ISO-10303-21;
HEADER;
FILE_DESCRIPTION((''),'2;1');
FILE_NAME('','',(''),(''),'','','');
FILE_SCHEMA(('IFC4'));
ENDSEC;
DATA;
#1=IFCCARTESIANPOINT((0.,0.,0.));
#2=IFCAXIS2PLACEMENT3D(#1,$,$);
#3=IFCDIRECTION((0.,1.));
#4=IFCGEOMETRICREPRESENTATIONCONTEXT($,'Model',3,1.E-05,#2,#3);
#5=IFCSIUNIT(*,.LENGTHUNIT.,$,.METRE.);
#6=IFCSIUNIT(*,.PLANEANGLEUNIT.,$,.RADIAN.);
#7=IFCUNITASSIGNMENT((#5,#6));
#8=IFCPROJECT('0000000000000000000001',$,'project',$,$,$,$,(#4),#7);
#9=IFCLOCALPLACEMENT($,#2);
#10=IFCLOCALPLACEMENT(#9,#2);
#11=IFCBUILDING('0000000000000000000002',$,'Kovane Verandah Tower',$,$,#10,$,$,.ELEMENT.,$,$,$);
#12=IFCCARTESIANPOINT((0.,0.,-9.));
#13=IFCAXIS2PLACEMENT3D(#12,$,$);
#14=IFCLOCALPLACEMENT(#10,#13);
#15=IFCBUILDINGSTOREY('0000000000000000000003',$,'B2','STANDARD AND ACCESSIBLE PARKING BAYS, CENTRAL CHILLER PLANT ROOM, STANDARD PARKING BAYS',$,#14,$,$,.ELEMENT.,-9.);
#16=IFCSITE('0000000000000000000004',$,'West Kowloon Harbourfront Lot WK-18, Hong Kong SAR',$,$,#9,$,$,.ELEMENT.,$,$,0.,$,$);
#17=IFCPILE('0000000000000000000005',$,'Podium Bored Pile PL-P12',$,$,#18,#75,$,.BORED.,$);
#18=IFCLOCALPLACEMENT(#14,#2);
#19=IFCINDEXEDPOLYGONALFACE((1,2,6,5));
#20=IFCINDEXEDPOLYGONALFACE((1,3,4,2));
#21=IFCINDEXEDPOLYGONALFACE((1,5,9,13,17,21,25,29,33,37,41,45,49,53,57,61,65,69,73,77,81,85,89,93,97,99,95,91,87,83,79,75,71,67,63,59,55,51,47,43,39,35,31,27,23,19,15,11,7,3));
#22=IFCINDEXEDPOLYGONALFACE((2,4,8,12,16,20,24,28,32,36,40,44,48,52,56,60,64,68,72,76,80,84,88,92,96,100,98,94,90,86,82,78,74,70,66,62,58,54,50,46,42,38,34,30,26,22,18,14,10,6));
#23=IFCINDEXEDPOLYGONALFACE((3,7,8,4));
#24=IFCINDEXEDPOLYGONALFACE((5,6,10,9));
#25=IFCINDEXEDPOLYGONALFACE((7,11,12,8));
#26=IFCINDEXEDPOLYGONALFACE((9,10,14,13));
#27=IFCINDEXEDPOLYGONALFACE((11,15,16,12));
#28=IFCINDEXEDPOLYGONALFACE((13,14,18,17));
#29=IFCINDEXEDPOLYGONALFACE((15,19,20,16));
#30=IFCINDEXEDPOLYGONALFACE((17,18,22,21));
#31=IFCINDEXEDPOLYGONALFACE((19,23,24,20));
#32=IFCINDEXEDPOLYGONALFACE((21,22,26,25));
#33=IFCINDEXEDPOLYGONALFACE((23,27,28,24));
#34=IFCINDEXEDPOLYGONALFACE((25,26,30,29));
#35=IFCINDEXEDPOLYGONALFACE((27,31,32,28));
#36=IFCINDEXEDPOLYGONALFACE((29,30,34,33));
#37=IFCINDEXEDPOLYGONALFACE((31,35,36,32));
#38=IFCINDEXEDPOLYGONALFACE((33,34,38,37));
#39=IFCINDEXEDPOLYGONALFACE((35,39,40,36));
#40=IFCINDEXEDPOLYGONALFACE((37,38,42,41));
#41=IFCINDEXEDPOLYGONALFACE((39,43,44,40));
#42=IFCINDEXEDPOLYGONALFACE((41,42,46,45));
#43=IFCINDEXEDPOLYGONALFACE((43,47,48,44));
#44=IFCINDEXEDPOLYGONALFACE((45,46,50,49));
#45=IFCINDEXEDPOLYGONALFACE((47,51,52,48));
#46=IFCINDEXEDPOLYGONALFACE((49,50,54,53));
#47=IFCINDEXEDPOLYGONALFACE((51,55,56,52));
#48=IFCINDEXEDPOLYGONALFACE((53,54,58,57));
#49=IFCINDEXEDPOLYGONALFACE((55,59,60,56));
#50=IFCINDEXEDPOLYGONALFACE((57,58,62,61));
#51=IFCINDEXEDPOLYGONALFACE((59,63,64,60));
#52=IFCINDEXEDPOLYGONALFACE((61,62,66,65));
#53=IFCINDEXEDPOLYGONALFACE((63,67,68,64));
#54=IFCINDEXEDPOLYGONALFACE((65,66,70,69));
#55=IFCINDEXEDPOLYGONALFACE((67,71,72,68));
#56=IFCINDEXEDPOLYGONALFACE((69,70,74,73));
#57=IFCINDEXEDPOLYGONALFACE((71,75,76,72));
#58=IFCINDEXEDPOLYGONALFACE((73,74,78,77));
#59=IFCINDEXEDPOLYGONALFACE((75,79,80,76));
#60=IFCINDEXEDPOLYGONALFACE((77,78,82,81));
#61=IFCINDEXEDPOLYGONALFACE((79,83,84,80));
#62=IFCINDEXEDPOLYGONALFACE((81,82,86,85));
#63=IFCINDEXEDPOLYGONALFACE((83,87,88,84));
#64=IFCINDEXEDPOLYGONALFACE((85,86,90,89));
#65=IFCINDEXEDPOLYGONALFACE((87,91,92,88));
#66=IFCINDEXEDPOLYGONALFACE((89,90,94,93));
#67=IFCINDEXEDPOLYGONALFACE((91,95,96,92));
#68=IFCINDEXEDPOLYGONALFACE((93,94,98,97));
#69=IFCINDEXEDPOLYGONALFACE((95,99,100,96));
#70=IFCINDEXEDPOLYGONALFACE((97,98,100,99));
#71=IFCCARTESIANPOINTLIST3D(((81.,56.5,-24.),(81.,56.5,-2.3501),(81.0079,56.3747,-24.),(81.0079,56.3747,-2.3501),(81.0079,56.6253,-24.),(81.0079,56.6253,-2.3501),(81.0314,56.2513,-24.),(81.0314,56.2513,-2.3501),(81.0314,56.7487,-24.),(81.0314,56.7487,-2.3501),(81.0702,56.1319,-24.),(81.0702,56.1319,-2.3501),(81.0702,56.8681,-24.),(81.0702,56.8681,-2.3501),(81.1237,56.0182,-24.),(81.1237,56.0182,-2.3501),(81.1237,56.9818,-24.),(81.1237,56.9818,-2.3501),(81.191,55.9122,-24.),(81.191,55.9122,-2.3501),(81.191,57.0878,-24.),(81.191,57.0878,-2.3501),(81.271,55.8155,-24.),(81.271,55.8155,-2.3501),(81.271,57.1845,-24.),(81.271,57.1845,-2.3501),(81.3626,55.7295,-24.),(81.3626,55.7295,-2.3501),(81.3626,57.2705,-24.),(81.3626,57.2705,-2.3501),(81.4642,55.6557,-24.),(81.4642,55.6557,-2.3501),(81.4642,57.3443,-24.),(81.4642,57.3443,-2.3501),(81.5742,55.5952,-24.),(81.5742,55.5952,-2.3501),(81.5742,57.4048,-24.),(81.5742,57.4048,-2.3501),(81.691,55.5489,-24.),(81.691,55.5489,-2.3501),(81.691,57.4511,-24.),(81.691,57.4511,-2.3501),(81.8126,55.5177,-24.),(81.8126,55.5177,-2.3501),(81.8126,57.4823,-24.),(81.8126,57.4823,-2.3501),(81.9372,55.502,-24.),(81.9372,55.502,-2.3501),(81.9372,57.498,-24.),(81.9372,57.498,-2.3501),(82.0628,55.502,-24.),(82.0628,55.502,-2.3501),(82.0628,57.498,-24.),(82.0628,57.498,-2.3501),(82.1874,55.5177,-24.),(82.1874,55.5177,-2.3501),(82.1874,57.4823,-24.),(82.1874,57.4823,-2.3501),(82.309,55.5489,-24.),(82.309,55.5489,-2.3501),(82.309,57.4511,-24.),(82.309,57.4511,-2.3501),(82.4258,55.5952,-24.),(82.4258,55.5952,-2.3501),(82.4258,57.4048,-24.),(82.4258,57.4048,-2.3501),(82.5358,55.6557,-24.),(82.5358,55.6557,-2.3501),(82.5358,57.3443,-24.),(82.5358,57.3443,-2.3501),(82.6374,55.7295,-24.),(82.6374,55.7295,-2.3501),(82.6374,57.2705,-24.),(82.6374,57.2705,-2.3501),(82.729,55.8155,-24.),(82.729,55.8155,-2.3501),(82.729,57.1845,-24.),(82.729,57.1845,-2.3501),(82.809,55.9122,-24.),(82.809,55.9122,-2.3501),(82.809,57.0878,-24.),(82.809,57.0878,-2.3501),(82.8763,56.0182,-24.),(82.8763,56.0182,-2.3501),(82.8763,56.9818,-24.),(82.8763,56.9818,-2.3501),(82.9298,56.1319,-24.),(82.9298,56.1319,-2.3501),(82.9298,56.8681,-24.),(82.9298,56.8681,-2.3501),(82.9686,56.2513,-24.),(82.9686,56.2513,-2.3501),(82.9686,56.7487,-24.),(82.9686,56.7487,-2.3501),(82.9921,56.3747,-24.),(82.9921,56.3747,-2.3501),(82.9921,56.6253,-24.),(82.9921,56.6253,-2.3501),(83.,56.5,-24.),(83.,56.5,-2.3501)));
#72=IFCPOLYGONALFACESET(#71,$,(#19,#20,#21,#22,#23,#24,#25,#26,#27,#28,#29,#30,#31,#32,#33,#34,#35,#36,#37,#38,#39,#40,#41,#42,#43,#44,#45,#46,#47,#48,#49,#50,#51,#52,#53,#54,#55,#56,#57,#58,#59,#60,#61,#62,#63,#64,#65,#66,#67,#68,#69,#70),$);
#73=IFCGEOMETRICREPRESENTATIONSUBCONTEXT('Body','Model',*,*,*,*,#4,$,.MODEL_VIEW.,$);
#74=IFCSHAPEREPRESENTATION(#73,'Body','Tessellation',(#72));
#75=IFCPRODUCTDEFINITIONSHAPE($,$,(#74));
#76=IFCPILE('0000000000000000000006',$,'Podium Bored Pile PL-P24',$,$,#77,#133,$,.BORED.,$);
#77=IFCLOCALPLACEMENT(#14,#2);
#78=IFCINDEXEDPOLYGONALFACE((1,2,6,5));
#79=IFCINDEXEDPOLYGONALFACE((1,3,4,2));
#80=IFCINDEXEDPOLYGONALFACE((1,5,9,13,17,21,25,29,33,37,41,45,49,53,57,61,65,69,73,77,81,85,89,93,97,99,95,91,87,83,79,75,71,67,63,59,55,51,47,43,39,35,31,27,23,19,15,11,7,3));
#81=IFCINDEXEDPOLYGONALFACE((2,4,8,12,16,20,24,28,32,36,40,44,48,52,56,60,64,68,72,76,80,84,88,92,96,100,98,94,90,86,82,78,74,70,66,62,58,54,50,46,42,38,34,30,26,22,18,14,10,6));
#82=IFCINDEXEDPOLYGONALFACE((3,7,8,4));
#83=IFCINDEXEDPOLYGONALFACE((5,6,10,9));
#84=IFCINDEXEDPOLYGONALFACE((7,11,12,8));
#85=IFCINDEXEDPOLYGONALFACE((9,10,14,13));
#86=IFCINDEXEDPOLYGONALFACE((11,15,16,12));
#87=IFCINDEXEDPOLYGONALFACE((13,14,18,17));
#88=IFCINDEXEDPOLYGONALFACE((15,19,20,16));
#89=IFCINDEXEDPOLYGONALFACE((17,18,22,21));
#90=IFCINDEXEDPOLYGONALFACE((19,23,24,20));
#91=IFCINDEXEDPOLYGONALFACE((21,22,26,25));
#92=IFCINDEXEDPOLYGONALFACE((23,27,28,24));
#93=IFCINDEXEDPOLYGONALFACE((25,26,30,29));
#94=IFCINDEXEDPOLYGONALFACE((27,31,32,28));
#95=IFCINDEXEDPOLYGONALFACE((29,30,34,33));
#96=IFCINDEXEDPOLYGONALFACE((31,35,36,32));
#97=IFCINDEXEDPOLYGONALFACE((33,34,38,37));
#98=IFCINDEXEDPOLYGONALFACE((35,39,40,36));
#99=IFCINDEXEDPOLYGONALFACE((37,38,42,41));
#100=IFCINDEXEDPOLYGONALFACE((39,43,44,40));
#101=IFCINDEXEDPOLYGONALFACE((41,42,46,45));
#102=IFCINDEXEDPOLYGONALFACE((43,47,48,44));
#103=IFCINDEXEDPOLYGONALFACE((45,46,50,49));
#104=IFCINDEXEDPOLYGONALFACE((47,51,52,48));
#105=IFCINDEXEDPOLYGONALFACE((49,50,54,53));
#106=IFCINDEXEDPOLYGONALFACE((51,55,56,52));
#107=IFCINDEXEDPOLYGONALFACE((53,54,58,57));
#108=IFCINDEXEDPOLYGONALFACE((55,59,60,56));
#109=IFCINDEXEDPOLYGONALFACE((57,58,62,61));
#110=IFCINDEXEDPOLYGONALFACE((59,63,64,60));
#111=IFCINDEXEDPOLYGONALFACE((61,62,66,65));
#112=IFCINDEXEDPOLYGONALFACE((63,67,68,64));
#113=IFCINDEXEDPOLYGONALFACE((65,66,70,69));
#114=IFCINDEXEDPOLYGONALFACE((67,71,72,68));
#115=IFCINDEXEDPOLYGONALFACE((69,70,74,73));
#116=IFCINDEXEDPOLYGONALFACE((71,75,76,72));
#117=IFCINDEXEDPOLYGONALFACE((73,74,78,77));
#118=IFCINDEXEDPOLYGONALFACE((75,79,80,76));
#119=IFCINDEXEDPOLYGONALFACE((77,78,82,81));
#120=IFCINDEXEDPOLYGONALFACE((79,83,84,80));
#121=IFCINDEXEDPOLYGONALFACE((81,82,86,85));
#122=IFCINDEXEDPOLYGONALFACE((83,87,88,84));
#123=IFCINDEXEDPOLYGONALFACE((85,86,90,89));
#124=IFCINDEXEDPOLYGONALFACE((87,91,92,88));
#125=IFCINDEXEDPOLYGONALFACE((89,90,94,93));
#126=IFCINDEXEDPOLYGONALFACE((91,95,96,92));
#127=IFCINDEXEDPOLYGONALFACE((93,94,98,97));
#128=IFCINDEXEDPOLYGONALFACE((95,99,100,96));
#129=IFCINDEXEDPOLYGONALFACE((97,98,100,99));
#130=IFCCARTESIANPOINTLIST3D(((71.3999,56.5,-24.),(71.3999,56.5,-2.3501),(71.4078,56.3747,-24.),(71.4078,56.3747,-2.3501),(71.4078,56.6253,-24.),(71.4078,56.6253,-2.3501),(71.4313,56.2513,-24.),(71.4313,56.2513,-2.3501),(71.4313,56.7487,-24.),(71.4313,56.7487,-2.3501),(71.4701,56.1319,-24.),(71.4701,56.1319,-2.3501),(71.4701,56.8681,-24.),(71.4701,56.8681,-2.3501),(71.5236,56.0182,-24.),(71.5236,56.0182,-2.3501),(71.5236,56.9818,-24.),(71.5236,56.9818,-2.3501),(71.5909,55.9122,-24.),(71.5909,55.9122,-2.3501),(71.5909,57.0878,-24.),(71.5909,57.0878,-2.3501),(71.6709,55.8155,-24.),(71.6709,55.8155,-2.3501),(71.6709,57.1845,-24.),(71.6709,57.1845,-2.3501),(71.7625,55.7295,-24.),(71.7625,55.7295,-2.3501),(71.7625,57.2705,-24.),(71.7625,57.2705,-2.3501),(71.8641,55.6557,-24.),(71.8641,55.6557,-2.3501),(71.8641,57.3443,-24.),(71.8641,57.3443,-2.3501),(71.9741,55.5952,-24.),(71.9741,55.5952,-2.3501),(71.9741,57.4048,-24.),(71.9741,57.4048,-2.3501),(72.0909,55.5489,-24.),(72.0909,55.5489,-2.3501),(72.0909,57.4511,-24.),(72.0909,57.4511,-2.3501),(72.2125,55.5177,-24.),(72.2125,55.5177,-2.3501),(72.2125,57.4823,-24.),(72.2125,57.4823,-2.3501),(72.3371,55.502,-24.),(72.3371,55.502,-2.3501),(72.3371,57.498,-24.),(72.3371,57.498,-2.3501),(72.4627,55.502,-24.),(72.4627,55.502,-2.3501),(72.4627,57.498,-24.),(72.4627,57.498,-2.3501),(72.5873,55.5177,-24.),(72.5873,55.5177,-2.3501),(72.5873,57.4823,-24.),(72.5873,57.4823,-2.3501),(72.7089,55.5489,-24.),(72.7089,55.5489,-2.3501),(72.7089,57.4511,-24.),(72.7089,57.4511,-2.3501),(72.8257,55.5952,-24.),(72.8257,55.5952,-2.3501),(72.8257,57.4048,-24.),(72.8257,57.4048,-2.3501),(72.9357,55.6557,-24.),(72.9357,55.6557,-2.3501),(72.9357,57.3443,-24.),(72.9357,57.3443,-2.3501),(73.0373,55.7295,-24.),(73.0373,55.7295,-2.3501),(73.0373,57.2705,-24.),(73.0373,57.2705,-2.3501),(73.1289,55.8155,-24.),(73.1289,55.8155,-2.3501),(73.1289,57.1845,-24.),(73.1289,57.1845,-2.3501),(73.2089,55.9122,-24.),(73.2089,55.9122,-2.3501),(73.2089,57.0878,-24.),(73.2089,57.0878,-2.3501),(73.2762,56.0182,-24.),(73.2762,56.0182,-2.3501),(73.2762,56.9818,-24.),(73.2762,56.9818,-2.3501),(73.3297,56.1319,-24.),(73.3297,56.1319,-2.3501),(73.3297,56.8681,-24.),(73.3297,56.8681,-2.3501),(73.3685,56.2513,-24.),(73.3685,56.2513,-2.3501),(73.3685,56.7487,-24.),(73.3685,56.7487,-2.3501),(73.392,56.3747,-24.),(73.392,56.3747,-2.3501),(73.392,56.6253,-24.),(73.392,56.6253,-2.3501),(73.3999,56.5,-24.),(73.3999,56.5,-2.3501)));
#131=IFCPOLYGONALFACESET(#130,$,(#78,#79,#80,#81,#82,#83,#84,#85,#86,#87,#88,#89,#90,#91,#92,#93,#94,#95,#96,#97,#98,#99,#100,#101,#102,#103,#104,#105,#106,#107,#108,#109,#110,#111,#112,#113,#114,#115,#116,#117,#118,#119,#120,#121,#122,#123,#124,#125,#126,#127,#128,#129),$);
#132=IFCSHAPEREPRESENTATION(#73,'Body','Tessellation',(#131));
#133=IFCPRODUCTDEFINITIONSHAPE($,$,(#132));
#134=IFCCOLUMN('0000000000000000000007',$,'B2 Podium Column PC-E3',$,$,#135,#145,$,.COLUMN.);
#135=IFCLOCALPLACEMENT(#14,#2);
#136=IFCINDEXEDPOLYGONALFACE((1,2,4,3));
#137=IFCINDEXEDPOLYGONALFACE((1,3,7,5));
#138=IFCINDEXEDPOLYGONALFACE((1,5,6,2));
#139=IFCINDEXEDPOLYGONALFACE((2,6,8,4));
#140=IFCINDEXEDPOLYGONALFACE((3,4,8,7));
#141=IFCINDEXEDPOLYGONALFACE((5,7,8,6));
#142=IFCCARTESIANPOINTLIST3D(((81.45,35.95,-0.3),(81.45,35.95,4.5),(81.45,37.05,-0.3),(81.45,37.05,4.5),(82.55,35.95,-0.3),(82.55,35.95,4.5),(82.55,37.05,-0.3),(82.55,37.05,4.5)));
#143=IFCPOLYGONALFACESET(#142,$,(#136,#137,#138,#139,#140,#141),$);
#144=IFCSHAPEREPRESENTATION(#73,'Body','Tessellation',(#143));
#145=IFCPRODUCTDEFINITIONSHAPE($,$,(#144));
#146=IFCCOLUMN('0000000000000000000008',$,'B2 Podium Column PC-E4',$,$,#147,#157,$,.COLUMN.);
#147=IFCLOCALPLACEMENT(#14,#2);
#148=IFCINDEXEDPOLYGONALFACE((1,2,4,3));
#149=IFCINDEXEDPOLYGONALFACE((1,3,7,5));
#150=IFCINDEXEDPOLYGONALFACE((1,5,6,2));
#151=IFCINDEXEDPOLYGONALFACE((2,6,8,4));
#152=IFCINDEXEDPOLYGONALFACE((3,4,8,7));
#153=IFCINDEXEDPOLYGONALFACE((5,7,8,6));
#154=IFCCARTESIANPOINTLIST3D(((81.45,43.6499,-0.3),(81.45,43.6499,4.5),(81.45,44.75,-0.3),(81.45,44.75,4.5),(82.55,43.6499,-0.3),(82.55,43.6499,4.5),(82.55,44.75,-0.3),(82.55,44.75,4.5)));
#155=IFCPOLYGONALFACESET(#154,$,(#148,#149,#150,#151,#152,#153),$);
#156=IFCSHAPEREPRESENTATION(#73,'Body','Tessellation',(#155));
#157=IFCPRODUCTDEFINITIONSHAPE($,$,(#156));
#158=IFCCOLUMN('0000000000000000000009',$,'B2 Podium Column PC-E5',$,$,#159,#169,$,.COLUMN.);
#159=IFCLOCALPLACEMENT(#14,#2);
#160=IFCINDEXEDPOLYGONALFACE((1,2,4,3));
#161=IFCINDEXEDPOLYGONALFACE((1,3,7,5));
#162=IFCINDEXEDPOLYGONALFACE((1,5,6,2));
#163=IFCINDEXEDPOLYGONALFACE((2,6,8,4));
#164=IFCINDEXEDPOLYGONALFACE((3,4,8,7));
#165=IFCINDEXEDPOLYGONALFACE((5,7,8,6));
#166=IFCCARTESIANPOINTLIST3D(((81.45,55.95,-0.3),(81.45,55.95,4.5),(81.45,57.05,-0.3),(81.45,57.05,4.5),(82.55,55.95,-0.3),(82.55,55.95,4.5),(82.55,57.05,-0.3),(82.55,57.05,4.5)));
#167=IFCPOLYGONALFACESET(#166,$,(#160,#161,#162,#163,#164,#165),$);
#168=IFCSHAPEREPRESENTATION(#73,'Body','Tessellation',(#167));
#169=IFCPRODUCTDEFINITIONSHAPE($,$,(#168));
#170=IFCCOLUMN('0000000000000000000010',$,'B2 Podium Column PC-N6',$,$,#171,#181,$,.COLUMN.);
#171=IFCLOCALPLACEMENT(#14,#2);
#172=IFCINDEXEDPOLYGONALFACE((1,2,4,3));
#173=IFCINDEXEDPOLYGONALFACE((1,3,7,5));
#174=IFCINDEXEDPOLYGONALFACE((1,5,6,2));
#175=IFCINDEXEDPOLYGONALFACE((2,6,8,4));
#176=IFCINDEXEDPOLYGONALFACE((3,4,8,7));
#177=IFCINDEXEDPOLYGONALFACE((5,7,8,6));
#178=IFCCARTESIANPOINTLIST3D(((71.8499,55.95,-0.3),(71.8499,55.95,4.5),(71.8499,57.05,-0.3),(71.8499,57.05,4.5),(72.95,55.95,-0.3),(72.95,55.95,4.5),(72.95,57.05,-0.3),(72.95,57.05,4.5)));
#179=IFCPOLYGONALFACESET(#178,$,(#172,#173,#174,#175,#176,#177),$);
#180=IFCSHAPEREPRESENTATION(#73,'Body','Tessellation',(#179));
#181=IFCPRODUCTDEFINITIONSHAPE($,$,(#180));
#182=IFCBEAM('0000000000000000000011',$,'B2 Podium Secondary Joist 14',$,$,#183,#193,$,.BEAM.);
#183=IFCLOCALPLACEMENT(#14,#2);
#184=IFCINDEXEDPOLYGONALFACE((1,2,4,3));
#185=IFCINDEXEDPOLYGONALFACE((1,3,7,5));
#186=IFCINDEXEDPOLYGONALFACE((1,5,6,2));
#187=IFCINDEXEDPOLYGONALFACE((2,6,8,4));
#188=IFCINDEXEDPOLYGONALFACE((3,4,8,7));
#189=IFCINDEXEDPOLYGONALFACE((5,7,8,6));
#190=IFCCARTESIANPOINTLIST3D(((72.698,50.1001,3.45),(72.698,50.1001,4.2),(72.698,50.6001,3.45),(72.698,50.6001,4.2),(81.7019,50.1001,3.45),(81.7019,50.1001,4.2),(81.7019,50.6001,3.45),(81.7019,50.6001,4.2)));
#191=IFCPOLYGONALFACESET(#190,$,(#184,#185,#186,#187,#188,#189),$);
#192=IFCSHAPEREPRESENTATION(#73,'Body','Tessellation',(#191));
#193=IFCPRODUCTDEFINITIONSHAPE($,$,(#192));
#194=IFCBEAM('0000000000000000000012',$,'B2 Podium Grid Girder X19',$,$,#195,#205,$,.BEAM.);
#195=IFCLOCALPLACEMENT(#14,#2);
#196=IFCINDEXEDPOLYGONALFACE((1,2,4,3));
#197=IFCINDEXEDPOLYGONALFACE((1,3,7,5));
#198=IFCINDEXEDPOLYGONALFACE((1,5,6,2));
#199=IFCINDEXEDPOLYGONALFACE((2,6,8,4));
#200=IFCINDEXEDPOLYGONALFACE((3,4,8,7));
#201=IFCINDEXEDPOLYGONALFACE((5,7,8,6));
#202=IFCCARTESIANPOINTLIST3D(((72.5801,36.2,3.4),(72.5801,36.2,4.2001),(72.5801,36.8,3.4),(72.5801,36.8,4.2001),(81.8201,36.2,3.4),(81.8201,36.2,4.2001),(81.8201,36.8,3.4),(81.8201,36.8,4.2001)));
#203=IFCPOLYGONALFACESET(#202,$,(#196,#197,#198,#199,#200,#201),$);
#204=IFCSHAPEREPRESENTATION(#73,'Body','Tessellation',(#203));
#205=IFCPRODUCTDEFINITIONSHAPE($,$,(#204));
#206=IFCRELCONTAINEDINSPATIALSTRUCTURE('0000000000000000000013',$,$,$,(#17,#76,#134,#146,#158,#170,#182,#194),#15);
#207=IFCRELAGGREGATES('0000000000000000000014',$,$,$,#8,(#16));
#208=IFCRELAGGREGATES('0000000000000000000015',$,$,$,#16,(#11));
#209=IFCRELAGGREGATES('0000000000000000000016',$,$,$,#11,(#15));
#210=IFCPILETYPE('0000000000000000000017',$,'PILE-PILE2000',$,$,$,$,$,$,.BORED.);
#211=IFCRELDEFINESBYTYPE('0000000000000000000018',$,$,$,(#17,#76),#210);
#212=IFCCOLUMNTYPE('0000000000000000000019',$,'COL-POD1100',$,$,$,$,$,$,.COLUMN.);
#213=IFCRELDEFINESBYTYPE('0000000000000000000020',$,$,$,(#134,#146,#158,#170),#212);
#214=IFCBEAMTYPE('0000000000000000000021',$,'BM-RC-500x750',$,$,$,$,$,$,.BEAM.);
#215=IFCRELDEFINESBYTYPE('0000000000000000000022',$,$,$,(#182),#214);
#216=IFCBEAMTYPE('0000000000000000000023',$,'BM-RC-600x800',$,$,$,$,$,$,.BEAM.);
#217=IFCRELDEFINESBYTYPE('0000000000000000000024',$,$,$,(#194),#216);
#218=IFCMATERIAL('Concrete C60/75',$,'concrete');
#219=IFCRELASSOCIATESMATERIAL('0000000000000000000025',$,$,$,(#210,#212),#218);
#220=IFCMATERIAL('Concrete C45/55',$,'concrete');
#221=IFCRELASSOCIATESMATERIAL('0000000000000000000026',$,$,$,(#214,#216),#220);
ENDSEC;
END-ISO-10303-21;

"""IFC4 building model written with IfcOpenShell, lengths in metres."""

from ifc_helpers import new_model, si_unit, direction, frame, origin, origin_2d, place, context, subcontext, project, spatial, rectangle, circle, extrude, material, material_profile, profile_set, type_object, element, save


model = new_model("IFC4")

# Units and contexts
model_context = context("Model", 3, precision=1e-05, world=origin(), true_north=direction((0.0, 1.0)))
body_context = subcontext(model_context, "Body", "Model", "MODEL_VIEW")
ifc_project = project(units=[si_unit("LENGTHUNIT", "METRE"), si_unit("PLANEANGLEUNIT", "RADIAN")], contexts=[model_context])

# Site, building, storey
site_placement = place(None, origin())
site = spatial("IfcSite", under=ifc_project, at=site_placement, Name="West Kowloon Harbourfront Lot WK-18, Hong Kong SAR", CompositionType="ELEMENT", RefElevation=0.0)
building_placement = place(site_placement, origin())
building = spatial("IfcBuilding", under=site, at=building_placement, Name="Kovane Verandah Tower", CompositionType="ELEMENT")
storey_placement = place(building_placement, frame((0.0, 0.0, -9.0)))
storey = spatial("IfcBuildingStorey", under=building, at=storey_placement, Name="B2", Description="STANDARD AND ACCESSIBLE PARKING BAYS, CENTRAL CHILLER PLANT ROOM, STANDARD PARKING BAYS", CompositionType="ELEMENT", Elevation=-9.0)

# Shared definitions
ifc_material_1 = material(Name="Concrete C60/75", Category="concrete")

# Piles
ifc_material_profile_1 = material_profile(ifc_material_1, circle(Radius=1.0, at=origin_2d()), Name="PILE2000")
ifc_profile_set_1 = profile_set([ifc_material_profile_1], Name="Concrete C60/75")
pile_type = type_object("IfcPileType", Name="PILE-PILE2000", PredefinedType="BORED", material=ifc_profile_set_1)
for number, where, z_axis, x_axis, name in (
    (1, (82.0, 56.5, -2.3501), (0.0, 0.0, -1.0), (1.0, 0.0, 0.0), "Podium Bored Pile PL-P12"),
    (2, (72.3999, 56.5, -2.3501), (0.0, 0.0, -1.0), (1.0, 0.0, 0.0), "Podium Bored Pile PL-P24"),
):
    element("IfcPile", number, at=place(storey_placement, frame(where, z_axis=z_axis, x_axis=x_axis)), inside=storey, type_object=pile_type, Name=name, PredefinedType="BORED", context=body_context, shape_type="SweptSolid", body=[
        extrude(circle(Radius=1.0, at=origin_2d()), origin(), (0.0, 0.0, 1.0), 21.6499),
    ])

# Columns
ifc_material_profile_2 = material_profile(ifc_material_1, rectangle(XDim=1.1001, YDim=1.1001, at=origin_2d()), Name="RC1100x1100")
ifc_profile_set_2 = profile_set([ifc_material_profile_2], Name="Concrete C60/75")
column_type = type_object("IfcColumnType", Name="COL-POD1100", PredefinedType="COLUMN", material=ifc_profile_set_2)
for number, where, z_axis, x_axis, name in (
    (3, (82.0, 36.5, -0.3), (0.0, 0.0, 1.0), (1.0, 0.0, 0.0), "B2 Podium Column PC-E3"),
    (4, (82.0, 44.2, -0.3), (0.0, 0.0, 1.0), (1.0, 0.0, 0.0), "B2 Podium Column PC-E4"),
    (5, (82.0, 56.5, -0.3), (0.0, 0.0, 1.0), (1.0, 0.0, 0.0), "B2 Podium Column PC-E5"),
    (6, (72.3999, 56.5, -0.3), (0.0, 0.0, 1.0), (1.0, 0.0, 0.0), "B2 Podium Column PC-N6"),
):
    element("IfcColumn", number, at=place(storey_placement, frame(where, z_axis=z_axis, x_axis=x_axis)), inside=storey, type_object=column_type, Name=name, PredefinedType="COLUMN", context=body_context, shape_type="SweptSolid", body=[
        extrude(rectangle(XDim=1.1001, YDim=1.1001, at=origin_2d()), origin(), (0.0, 0.0, 1.0), 4.8),
    ])

# Beams
ifc_material_2 = material(Name="Concrete C45/55", Category="concrete")
ifc_material_profile_3 = material_profile(ifc_material_2, rectangle(XDim=0.5, YDim=0.75, at=origin_2d()), Name="RCB500x750")
ifc_profile_set_3 = profile_set([ifc_material_profile_3], Name="Concrete C45/55")
beam_type_1 = type_object("IfcBeamType", Name="BM-RC-500x750", PredefinedType="BEAM", material=ifc_profile_set_3)
beam_1_placement = place(storey_placement, frame((72.698, 50.3501, 3.825), z_axis=(1.0, 0.0, 0.0), x_axis=(0.0, 1.0, 0.0)))
element("IfcBeam", 7, at=beam_1_placement, inside=storey, type_object=beam_type_1, Name="B2 Podium Secondary Joist 14", PredefinedType="BEAM", context=body_context, shape_type="SweptSolid", body=[
    extrude(rectangle(XDim=0.5, YDim=0.75, at=origin_2d()), origin(), (0.0, 0.0, 1.0), 9.0039),
])
ifc_material_profile_4 = material_profile(ifc_material_2, rectangle(XDim=0.6001, YDim=0.8, at=origin_2d()), Name="RCB600x800")
ifc_profile_set_4 = profile_set([ifc_material_profile_4], Name="Concrete C45/55")
beam_type_2 = type_object("IfcBeamType", Name="BM-RC-600x800", PredefinedType="BEAM", material=ifc_profile_set_4)
for number, where, z_axis, x_axis, name in (
    (8, (72.5801, 36.5, 3.8), (1.0, 0.0, 0.0), (0.0, 1.0, 0.0), "B2 Podium Grid Girder X19"),
):
    element("IfcBeam", number, at=place(storey_placement, frame(where, z_axis=z_axis, x_axis=x_axis)), inside=storey, type_object=beam_type_2, Name=name, PredefinedType="BEAM", context=body_context, shape_type="SweptSolid", body=[
        extrude(rectangle(XDim=0.6001, YDim=0.8, at=origin_2d()), origin(), (0.0, 0.0, 1.0), 9.24),
    ])

save(model, "model.ifc")
